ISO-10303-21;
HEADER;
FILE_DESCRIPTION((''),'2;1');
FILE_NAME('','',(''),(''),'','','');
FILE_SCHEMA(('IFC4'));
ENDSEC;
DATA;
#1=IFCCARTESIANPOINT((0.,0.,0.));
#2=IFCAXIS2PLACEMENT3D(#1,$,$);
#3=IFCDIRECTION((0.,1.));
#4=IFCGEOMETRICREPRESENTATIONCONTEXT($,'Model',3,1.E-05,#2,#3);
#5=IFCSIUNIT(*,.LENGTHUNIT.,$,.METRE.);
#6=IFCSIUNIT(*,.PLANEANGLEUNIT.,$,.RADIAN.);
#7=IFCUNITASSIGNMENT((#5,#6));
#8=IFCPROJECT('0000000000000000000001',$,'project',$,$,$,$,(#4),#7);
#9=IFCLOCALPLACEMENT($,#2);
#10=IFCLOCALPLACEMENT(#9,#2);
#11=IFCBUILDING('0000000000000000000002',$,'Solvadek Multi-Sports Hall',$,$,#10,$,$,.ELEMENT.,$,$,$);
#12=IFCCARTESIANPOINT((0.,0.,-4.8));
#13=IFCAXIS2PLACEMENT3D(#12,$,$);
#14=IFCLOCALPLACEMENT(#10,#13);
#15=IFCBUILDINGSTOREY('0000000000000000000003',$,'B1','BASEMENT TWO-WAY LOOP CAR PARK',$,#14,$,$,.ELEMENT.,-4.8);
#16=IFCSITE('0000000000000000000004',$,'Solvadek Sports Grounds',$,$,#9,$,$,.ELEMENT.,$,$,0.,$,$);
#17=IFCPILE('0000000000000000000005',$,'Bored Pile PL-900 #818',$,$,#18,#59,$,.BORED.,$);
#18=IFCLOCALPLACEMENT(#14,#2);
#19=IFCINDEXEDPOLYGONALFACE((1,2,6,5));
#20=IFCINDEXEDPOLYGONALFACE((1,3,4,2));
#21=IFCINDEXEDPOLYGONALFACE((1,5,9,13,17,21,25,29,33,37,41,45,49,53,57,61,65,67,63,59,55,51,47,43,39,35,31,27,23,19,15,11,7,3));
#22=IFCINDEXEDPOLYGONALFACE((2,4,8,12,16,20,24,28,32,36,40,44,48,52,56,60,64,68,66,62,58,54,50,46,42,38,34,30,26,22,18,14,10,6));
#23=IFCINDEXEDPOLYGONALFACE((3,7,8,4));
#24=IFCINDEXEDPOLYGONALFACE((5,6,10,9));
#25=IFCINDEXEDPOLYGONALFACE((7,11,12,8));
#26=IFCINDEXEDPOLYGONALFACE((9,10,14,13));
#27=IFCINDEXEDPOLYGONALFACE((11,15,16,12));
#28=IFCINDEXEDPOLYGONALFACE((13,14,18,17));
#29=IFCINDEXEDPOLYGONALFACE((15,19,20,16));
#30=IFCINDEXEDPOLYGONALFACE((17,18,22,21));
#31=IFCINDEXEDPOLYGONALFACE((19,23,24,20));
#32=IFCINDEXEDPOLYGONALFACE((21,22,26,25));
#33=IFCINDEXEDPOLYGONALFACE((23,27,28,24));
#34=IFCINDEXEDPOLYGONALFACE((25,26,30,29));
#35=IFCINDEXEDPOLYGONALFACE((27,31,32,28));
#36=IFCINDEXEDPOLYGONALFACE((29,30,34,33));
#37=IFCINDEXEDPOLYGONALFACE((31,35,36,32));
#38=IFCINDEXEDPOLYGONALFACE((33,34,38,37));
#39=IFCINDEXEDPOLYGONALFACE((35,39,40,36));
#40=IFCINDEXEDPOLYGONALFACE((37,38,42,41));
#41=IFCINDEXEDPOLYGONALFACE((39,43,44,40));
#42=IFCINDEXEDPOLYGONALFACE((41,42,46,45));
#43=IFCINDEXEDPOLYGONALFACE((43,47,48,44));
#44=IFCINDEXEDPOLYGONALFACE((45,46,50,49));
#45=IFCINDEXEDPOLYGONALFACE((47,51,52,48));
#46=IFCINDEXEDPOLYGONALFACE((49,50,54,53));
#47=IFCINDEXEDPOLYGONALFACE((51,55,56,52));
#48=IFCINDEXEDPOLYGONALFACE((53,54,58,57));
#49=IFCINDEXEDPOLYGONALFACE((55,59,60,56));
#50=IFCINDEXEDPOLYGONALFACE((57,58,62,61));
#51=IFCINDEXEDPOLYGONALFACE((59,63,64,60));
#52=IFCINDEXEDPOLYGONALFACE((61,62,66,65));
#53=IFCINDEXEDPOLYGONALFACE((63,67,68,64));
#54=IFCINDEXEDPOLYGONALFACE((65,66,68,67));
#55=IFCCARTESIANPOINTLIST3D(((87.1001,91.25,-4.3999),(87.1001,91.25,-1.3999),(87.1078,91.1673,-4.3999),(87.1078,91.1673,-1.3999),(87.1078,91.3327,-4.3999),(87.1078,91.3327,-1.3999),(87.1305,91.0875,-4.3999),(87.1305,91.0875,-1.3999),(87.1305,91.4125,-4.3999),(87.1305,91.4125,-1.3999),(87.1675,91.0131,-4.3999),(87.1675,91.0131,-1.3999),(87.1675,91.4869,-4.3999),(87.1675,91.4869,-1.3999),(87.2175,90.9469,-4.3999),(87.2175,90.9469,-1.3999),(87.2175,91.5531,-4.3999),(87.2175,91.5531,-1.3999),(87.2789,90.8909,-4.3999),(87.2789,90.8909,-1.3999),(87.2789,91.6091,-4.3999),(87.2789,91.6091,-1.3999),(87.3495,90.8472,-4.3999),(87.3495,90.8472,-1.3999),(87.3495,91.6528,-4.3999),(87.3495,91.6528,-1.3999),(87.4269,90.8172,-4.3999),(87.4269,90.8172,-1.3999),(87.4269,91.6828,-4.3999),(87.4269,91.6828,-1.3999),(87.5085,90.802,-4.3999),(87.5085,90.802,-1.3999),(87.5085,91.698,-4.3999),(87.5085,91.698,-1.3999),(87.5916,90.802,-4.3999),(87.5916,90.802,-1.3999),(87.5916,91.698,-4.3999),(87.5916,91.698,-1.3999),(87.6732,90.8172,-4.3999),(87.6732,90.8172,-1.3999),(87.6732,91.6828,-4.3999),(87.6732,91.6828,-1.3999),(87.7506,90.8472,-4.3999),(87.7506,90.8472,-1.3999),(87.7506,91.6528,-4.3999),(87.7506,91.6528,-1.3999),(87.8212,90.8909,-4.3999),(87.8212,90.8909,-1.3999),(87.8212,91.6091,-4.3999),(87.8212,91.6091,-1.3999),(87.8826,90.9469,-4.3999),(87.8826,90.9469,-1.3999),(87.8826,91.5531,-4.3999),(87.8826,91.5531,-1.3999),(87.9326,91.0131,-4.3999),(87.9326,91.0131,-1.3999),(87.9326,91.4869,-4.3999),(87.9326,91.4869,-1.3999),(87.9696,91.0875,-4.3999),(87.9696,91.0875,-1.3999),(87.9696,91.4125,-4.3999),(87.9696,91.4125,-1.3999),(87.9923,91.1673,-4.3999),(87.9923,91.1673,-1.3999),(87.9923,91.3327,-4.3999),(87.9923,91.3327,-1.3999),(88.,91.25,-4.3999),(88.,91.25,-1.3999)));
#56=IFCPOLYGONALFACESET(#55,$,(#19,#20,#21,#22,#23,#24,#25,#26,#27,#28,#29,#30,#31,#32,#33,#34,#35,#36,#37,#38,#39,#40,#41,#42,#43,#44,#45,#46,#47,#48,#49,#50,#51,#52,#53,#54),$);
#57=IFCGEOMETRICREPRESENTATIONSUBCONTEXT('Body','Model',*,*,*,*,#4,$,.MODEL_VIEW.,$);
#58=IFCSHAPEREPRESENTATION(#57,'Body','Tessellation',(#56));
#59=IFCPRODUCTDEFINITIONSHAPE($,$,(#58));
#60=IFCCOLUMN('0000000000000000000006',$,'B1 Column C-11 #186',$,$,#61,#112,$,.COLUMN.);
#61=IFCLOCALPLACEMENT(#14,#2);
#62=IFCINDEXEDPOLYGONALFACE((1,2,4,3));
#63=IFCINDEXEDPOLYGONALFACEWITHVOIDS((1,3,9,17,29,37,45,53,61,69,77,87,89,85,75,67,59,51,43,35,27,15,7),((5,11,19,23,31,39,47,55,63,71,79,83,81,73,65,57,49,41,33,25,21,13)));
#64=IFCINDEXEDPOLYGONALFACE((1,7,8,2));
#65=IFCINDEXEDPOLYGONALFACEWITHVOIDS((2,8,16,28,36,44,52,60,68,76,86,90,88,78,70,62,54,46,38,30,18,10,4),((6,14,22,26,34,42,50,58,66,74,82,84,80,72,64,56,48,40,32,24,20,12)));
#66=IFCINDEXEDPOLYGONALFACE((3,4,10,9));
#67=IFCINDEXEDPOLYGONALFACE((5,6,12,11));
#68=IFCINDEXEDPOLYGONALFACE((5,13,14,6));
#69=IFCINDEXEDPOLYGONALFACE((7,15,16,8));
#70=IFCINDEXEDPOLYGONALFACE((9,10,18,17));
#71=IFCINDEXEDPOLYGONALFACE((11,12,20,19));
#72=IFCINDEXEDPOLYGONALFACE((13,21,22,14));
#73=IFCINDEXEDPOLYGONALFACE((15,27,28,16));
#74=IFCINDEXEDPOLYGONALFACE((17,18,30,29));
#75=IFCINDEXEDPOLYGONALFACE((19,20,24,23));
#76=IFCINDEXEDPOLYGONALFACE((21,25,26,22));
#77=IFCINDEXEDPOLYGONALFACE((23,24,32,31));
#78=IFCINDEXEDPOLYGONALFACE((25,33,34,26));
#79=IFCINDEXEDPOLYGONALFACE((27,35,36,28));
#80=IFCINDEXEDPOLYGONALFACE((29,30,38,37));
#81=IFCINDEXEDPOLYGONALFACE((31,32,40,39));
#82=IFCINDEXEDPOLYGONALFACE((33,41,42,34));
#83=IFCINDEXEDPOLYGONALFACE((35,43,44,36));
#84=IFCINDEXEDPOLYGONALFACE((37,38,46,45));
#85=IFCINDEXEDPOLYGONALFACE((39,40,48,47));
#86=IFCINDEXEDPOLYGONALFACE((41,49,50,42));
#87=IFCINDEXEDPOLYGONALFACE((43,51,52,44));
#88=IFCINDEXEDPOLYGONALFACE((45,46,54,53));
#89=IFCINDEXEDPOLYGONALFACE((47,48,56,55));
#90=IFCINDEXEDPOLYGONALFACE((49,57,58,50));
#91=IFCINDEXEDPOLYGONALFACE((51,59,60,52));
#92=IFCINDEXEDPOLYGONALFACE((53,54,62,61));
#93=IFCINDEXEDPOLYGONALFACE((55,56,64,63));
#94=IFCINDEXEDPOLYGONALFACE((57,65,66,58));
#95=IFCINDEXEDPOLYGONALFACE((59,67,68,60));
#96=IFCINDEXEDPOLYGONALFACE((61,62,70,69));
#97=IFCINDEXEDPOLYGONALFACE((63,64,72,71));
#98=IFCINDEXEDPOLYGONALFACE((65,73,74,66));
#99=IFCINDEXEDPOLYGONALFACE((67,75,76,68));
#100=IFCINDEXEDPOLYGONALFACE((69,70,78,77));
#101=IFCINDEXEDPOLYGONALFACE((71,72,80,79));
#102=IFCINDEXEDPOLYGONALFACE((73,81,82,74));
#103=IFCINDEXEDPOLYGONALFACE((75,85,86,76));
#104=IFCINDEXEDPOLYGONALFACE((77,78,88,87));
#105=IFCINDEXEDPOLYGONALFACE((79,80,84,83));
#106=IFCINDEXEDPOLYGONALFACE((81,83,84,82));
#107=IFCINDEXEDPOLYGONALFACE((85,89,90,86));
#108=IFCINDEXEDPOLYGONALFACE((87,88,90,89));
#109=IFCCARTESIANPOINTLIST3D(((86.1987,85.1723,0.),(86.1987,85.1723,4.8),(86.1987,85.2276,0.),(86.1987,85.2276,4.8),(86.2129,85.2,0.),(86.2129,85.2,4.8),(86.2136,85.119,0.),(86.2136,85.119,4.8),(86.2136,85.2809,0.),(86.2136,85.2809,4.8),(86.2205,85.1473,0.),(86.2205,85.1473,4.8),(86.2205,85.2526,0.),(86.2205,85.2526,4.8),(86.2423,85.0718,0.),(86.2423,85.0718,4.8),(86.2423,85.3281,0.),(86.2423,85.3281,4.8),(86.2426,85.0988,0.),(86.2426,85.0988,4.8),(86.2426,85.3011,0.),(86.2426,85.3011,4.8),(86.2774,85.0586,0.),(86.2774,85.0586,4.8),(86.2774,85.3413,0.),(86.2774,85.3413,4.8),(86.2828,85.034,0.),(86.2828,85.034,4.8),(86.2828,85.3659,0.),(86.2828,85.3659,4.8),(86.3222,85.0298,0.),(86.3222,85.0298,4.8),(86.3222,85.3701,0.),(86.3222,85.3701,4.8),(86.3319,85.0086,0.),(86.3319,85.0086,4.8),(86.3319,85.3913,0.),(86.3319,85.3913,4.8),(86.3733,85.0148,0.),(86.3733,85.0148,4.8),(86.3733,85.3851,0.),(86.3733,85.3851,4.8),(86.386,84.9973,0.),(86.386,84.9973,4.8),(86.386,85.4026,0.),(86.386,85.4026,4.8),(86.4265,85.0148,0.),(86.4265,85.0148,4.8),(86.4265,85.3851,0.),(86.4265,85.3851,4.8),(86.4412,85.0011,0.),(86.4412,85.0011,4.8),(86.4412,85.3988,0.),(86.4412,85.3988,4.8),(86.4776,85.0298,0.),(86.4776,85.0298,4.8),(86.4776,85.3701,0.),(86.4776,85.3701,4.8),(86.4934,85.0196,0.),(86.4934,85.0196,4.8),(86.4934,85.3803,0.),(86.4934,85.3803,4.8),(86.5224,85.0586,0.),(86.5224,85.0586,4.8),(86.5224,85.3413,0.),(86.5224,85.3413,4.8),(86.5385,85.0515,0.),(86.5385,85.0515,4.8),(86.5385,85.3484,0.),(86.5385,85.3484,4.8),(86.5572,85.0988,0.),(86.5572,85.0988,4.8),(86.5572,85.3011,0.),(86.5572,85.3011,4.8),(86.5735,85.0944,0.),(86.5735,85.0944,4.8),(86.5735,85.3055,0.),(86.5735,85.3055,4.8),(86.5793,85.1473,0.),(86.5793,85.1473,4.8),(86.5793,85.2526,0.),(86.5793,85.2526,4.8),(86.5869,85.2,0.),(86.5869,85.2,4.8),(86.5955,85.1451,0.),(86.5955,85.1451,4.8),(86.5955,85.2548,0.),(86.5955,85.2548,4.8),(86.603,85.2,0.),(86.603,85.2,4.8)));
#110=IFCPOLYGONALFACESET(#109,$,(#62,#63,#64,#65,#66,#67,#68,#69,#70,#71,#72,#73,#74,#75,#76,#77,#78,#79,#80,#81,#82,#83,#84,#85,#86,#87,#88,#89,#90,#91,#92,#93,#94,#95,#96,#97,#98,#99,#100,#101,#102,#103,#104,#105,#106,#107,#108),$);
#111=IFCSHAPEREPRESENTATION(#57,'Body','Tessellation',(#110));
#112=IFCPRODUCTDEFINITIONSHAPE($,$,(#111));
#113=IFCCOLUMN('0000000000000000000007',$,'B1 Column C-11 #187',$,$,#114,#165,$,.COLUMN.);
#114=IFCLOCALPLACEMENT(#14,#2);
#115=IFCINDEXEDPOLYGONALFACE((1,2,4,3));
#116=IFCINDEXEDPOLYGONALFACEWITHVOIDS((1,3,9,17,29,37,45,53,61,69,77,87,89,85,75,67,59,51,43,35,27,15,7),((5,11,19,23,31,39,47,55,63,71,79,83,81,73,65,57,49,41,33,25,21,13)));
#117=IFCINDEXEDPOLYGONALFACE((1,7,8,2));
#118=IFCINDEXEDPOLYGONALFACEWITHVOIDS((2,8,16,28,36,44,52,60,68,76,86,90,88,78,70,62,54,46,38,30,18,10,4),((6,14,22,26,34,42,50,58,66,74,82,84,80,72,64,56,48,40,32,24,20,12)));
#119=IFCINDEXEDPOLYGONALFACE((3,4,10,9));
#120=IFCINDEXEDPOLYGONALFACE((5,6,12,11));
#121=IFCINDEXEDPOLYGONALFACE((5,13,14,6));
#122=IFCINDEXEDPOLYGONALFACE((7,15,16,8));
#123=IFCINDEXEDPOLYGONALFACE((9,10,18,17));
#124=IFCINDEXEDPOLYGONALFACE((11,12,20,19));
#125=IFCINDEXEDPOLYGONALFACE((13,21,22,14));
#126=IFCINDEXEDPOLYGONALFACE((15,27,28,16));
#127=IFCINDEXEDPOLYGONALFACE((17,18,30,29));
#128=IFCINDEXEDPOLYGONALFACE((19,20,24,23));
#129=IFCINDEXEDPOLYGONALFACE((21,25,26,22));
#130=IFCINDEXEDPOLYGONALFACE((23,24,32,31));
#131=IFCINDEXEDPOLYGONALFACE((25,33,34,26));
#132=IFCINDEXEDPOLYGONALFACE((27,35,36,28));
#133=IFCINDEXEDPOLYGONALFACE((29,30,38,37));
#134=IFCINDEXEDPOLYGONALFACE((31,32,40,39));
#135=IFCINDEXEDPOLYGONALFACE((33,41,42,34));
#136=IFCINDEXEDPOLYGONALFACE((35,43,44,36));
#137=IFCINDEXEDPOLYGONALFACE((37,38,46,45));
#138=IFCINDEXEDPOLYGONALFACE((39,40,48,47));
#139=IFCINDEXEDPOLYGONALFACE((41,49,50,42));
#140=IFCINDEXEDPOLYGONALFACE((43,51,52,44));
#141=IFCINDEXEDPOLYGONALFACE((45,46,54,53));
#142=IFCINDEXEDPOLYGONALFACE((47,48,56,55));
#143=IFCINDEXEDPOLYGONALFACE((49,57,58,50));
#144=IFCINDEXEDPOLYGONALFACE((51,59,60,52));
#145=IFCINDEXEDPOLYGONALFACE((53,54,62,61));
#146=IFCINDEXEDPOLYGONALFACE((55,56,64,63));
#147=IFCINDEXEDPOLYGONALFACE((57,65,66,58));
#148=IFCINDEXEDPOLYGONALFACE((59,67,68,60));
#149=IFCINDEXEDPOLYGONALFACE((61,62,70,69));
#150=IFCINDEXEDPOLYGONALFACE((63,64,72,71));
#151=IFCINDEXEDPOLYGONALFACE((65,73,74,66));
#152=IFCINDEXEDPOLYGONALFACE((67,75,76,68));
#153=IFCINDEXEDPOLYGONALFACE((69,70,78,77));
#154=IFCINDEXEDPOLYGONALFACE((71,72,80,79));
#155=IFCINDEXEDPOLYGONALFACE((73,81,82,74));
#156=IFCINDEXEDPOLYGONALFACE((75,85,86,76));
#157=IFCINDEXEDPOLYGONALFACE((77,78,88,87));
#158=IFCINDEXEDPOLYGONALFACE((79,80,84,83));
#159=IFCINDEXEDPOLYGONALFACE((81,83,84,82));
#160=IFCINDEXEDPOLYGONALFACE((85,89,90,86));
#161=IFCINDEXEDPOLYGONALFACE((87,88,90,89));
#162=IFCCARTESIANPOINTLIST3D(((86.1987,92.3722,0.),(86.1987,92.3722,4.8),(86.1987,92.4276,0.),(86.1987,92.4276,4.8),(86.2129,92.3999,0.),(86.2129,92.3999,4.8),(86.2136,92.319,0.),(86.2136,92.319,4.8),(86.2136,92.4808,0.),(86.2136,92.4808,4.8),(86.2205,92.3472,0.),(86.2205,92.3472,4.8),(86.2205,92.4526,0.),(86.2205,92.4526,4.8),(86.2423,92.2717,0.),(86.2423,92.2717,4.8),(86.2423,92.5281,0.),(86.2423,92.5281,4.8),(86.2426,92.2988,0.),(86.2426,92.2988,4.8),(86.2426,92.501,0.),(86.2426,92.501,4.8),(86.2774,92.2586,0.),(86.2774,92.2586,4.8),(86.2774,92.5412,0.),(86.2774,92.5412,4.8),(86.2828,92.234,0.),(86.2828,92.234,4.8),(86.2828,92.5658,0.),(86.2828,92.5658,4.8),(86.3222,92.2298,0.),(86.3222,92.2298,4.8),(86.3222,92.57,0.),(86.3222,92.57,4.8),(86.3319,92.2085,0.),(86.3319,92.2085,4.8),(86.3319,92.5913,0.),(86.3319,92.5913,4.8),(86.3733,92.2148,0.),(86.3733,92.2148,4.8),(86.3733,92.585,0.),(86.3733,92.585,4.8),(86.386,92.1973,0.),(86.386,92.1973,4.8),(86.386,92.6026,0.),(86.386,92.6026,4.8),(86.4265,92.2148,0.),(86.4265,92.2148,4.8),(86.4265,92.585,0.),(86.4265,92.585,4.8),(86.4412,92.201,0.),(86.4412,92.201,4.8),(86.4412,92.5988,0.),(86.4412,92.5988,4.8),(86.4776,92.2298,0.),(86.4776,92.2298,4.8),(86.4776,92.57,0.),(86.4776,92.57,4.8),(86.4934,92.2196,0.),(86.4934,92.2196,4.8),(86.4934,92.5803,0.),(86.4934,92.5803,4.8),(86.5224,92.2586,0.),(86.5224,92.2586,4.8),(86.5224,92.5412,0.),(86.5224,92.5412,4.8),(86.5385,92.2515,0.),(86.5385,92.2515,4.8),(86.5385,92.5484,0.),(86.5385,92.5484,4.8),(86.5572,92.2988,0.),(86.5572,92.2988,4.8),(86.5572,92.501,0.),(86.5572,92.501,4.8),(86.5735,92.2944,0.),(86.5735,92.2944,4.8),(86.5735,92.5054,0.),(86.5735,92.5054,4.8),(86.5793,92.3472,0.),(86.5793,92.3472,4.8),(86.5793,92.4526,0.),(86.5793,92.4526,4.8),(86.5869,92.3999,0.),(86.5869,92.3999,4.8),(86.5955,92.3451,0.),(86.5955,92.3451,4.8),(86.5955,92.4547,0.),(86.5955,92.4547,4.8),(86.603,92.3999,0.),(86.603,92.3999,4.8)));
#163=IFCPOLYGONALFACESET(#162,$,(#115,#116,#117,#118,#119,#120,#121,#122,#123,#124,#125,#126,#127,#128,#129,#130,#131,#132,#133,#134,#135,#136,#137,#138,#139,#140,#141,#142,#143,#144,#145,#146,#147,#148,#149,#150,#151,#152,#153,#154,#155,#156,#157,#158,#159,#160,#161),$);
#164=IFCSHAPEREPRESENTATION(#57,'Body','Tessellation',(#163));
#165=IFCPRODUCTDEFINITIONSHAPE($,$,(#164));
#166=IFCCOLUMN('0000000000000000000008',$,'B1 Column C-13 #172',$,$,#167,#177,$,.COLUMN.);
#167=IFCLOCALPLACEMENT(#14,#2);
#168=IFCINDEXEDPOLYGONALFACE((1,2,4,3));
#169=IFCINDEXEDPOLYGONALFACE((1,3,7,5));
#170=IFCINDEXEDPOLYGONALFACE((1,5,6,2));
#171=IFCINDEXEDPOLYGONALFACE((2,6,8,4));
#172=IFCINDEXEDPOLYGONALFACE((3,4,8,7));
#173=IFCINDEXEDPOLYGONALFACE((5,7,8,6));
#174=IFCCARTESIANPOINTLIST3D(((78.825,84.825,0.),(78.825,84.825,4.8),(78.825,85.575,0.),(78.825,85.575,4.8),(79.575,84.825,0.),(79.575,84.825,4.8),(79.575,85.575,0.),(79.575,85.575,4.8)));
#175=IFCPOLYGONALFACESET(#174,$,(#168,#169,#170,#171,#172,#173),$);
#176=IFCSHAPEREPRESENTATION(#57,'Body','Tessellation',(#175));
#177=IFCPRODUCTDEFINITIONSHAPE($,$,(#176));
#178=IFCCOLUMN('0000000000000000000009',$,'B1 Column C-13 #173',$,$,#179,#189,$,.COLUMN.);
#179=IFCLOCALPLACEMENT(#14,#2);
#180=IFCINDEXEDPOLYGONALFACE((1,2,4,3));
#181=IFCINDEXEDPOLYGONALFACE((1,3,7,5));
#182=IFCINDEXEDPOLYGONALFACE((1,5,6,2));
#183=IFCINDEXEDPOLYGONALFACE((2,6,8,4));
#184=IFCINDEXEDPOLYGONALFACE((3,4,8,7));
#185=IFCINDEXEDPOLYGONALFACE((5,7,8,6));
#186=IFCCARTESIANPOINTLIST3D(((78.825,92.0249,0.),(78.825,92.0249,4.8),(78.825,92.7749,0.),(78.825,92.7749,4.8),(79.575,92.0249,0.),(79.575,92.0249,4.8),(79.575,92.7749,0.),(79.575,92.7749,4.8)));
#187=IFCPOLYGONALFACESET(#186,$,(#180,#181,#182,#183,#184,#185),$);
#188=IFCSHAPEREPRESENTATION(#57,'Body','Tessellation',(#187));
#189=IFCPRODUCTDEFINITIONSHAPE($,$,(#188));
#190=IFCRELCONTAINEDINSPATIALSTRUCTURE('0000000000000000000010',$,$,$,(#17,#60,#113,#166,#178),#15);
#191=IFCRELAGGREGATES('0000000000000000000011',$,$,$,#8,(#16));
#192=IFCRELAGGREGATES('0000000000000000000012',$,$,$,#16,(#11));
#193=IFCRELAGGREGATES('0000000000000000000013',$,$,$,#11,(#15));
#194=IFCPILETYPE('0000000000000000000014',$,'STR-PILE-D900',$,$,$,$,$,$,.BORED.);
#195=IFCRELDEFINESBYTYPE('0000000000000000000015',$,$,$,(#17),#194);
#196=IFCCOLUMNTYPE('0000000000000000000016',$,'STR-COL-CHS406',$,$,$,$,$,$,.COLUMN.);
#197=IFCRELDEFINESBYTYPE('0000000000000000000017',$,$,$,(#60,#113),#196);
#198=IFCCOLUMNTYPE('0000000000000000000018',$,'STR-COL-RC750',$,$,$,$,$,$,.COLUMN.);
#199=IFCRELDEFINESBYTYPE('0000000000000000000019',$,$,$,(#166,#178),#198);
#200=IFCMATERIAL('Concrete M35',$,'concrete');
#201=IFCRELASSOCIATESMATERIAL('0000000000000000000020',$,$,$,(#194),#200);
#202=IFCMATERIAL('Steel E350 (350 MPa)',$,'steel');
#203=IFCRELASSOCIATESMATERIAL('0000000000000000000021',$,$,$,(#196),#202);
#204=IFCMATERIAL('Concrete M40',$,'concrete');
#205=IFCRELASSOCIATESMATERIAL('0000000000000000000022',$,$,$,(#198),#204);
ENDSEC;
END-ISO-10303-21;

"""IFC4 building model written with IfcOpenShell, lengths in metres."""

from ifc_helpers import new_model, si_unit, direction, frame, origin, origin_2d, place, context, subcontext, project, spatial, rectangle, circle, hollow_circle, extrude, material, material_profile, profile_set, type_object, element, save


model = new_model("IFC4")

# Units and contexts
model_context = context("Model", 3, precision=1e-05, world=origin(), true_north=direction((0.0, 1.0)))
body_context = subcontext(model_context, "Body", "Model", "MODEL_VIEW")
ifc_project = project(units=[si_unit("LENGTHUNIT", "METRE"), si_unit("PLANEANGLEUNIT", "RADIAN")], contexts=[model_context])

# Site, building, storey
site_placement = place(None, origin())
site = spatial("IfcSite", under=ifc_project, at=site_placement, Name="Solvadek Sports Grounds", CompositionType="ELEMENT", RefElevation=0.0)
building_placement = place(site_placement, origin())
building = spatial("IfcBuilding", under=site, at=building_placement, Name="Solvadek Multi-Sports Hall", CompositionType="ELEMENT")
storey_placement = place(building_placement, frame((0.0, 0.0, -4.8)))
storey = spatial("IfcBuildingStorey", under=building, at=storey_placement, Name="B1", Description="BASEMENT TWO-WAY LOOP CAR PARK", CompositionType="ELEMENT", Elevation=-4.8)

# Shared definitions
ifc_material_1 = material(Name="Concrete M40", Category="concrete")

# Pile
ifc_material_2 = material(Name="Concrete M35", Category="concrete")
ifc_material_profile_1 = material_profile(ifc_material_2, circle(Radius=0.45, at=origin_2d()), Name="BORED PILE D900")
ifc_profile_set_1 = profile_set([ifc_material_profile_1], Name="Concrete M35")
pile_type_1 = type_object("IfcPileType", Name="STR-PILE-D900", PredefinedType="BORED", material=ifc_profile_set_1)
for number, where, z_axis, x_axis, name in (
    (1, (87.55, 91.25, -1.3999), (0.0, 0.0, -1.0), (1.0, 0.0, 0.0), "Bored Pile PL-900 #818"),
):
    element("IfcPile", number, at=place(storey_placement, frame(where, z_axis=z_axis, x_axis=x_axis)), inside=storey, type_object=pile_type_1, Name=name, PredefinedType="BORED", context=body_context, shape_type="SweptSolid", body=[
        extrude(circle(Radius=0.45, at=origin_2d()), origin(), (0.0, 0.0, 1.0), 3.0),
    ])

# Columns
ifc_material_3 = material(Name="Steel E350 (350 MPa)", Category="steel")
ifc_material_profile_2 = material_profile(ifc_material_3, hollow_circle(Radius=0.2031, WallThickness=0.0161, at=origin_2d()), Name="CHS 406.4x16")
ifc_profile_set_2 = profile_set([ifc_material_profile_2], Name="Steel E350 (350 MPa)")
column_type_1 = type_object("IfcColumnType", Name="STR-COL-CHS406", PredefinedType="COLUMN", material=ifc_profile_set_2)
for number, where, z_axis, x_axis, name in (
    (2, (86.3999, 85.2, 0.0), (0.0, 0.0, 1.0), (1.0, 0.0, 0.0), "B1 Column C-11 #186"),
    (3, (86.3999, 92.3999, 0.0), (0.0, 0.0, 1.0), (1.0, 0.0, 0.0), "B1 Column C-11 #187"),
):
    element("IfcColumn", number, at=place(storey_placement, frame(where, z_axis=z_axis, x_axis=x_axis)), inside=storey, type_object=column_type_1, Name=name, PredefinedType="COLUMN", context=body_context, shape_type="SweptSolid", body=[
        extrude(hollow_circle(Radius=0.2031, WallThickness=0.0161, at=origin_2d()), origin(), (0.0, 0.0, 1.0), 4.8),
    ])
ifc_material_profile_3 = material_profile(ifc_material_1, rectangle(XDim=0.75, YDim=0.75, at=origin_2d()), Name="RC 750x750")
ifc_profile_set_3 = profile_set([ifc_material_profile_3], Name="Concrete M40")
column_type_2 = type_object("IfcColumnType", Name="STR-COL-RC750", PredefinedType="COLUMN", material=ifc_profile_set_3)
for number, where, z_axis, x_axis, name in (
    (4, (79.2, 85.2, 0.0), (0.0, 0.0, 1.0), (1.0, 0.0, 0.0), "B1 Column C-13 #172"),
    (5, (79.2, 92.3999, 0.0), (0.0, 0.0, 1.0), (1.0, 0.0, 0.0), "B1 Column C-13 #173"),
):
    element("IfcColumn", number, at=place(storey_placement, frame(where, z_axis=z_axis, x_axis=x_axis)), inside=storey, type_object=column_type_2, Name=name, PredefinedType="COLUMN", context=body_context, shape_type="SweptSolid", body=[
        extrude(rectangle(XDim=0.75, YDim=0.75, at=origin_2d()), origin(), (0.0, 0.0, 1.0), 4.8),
    ])

save(model, "model.ifc")
